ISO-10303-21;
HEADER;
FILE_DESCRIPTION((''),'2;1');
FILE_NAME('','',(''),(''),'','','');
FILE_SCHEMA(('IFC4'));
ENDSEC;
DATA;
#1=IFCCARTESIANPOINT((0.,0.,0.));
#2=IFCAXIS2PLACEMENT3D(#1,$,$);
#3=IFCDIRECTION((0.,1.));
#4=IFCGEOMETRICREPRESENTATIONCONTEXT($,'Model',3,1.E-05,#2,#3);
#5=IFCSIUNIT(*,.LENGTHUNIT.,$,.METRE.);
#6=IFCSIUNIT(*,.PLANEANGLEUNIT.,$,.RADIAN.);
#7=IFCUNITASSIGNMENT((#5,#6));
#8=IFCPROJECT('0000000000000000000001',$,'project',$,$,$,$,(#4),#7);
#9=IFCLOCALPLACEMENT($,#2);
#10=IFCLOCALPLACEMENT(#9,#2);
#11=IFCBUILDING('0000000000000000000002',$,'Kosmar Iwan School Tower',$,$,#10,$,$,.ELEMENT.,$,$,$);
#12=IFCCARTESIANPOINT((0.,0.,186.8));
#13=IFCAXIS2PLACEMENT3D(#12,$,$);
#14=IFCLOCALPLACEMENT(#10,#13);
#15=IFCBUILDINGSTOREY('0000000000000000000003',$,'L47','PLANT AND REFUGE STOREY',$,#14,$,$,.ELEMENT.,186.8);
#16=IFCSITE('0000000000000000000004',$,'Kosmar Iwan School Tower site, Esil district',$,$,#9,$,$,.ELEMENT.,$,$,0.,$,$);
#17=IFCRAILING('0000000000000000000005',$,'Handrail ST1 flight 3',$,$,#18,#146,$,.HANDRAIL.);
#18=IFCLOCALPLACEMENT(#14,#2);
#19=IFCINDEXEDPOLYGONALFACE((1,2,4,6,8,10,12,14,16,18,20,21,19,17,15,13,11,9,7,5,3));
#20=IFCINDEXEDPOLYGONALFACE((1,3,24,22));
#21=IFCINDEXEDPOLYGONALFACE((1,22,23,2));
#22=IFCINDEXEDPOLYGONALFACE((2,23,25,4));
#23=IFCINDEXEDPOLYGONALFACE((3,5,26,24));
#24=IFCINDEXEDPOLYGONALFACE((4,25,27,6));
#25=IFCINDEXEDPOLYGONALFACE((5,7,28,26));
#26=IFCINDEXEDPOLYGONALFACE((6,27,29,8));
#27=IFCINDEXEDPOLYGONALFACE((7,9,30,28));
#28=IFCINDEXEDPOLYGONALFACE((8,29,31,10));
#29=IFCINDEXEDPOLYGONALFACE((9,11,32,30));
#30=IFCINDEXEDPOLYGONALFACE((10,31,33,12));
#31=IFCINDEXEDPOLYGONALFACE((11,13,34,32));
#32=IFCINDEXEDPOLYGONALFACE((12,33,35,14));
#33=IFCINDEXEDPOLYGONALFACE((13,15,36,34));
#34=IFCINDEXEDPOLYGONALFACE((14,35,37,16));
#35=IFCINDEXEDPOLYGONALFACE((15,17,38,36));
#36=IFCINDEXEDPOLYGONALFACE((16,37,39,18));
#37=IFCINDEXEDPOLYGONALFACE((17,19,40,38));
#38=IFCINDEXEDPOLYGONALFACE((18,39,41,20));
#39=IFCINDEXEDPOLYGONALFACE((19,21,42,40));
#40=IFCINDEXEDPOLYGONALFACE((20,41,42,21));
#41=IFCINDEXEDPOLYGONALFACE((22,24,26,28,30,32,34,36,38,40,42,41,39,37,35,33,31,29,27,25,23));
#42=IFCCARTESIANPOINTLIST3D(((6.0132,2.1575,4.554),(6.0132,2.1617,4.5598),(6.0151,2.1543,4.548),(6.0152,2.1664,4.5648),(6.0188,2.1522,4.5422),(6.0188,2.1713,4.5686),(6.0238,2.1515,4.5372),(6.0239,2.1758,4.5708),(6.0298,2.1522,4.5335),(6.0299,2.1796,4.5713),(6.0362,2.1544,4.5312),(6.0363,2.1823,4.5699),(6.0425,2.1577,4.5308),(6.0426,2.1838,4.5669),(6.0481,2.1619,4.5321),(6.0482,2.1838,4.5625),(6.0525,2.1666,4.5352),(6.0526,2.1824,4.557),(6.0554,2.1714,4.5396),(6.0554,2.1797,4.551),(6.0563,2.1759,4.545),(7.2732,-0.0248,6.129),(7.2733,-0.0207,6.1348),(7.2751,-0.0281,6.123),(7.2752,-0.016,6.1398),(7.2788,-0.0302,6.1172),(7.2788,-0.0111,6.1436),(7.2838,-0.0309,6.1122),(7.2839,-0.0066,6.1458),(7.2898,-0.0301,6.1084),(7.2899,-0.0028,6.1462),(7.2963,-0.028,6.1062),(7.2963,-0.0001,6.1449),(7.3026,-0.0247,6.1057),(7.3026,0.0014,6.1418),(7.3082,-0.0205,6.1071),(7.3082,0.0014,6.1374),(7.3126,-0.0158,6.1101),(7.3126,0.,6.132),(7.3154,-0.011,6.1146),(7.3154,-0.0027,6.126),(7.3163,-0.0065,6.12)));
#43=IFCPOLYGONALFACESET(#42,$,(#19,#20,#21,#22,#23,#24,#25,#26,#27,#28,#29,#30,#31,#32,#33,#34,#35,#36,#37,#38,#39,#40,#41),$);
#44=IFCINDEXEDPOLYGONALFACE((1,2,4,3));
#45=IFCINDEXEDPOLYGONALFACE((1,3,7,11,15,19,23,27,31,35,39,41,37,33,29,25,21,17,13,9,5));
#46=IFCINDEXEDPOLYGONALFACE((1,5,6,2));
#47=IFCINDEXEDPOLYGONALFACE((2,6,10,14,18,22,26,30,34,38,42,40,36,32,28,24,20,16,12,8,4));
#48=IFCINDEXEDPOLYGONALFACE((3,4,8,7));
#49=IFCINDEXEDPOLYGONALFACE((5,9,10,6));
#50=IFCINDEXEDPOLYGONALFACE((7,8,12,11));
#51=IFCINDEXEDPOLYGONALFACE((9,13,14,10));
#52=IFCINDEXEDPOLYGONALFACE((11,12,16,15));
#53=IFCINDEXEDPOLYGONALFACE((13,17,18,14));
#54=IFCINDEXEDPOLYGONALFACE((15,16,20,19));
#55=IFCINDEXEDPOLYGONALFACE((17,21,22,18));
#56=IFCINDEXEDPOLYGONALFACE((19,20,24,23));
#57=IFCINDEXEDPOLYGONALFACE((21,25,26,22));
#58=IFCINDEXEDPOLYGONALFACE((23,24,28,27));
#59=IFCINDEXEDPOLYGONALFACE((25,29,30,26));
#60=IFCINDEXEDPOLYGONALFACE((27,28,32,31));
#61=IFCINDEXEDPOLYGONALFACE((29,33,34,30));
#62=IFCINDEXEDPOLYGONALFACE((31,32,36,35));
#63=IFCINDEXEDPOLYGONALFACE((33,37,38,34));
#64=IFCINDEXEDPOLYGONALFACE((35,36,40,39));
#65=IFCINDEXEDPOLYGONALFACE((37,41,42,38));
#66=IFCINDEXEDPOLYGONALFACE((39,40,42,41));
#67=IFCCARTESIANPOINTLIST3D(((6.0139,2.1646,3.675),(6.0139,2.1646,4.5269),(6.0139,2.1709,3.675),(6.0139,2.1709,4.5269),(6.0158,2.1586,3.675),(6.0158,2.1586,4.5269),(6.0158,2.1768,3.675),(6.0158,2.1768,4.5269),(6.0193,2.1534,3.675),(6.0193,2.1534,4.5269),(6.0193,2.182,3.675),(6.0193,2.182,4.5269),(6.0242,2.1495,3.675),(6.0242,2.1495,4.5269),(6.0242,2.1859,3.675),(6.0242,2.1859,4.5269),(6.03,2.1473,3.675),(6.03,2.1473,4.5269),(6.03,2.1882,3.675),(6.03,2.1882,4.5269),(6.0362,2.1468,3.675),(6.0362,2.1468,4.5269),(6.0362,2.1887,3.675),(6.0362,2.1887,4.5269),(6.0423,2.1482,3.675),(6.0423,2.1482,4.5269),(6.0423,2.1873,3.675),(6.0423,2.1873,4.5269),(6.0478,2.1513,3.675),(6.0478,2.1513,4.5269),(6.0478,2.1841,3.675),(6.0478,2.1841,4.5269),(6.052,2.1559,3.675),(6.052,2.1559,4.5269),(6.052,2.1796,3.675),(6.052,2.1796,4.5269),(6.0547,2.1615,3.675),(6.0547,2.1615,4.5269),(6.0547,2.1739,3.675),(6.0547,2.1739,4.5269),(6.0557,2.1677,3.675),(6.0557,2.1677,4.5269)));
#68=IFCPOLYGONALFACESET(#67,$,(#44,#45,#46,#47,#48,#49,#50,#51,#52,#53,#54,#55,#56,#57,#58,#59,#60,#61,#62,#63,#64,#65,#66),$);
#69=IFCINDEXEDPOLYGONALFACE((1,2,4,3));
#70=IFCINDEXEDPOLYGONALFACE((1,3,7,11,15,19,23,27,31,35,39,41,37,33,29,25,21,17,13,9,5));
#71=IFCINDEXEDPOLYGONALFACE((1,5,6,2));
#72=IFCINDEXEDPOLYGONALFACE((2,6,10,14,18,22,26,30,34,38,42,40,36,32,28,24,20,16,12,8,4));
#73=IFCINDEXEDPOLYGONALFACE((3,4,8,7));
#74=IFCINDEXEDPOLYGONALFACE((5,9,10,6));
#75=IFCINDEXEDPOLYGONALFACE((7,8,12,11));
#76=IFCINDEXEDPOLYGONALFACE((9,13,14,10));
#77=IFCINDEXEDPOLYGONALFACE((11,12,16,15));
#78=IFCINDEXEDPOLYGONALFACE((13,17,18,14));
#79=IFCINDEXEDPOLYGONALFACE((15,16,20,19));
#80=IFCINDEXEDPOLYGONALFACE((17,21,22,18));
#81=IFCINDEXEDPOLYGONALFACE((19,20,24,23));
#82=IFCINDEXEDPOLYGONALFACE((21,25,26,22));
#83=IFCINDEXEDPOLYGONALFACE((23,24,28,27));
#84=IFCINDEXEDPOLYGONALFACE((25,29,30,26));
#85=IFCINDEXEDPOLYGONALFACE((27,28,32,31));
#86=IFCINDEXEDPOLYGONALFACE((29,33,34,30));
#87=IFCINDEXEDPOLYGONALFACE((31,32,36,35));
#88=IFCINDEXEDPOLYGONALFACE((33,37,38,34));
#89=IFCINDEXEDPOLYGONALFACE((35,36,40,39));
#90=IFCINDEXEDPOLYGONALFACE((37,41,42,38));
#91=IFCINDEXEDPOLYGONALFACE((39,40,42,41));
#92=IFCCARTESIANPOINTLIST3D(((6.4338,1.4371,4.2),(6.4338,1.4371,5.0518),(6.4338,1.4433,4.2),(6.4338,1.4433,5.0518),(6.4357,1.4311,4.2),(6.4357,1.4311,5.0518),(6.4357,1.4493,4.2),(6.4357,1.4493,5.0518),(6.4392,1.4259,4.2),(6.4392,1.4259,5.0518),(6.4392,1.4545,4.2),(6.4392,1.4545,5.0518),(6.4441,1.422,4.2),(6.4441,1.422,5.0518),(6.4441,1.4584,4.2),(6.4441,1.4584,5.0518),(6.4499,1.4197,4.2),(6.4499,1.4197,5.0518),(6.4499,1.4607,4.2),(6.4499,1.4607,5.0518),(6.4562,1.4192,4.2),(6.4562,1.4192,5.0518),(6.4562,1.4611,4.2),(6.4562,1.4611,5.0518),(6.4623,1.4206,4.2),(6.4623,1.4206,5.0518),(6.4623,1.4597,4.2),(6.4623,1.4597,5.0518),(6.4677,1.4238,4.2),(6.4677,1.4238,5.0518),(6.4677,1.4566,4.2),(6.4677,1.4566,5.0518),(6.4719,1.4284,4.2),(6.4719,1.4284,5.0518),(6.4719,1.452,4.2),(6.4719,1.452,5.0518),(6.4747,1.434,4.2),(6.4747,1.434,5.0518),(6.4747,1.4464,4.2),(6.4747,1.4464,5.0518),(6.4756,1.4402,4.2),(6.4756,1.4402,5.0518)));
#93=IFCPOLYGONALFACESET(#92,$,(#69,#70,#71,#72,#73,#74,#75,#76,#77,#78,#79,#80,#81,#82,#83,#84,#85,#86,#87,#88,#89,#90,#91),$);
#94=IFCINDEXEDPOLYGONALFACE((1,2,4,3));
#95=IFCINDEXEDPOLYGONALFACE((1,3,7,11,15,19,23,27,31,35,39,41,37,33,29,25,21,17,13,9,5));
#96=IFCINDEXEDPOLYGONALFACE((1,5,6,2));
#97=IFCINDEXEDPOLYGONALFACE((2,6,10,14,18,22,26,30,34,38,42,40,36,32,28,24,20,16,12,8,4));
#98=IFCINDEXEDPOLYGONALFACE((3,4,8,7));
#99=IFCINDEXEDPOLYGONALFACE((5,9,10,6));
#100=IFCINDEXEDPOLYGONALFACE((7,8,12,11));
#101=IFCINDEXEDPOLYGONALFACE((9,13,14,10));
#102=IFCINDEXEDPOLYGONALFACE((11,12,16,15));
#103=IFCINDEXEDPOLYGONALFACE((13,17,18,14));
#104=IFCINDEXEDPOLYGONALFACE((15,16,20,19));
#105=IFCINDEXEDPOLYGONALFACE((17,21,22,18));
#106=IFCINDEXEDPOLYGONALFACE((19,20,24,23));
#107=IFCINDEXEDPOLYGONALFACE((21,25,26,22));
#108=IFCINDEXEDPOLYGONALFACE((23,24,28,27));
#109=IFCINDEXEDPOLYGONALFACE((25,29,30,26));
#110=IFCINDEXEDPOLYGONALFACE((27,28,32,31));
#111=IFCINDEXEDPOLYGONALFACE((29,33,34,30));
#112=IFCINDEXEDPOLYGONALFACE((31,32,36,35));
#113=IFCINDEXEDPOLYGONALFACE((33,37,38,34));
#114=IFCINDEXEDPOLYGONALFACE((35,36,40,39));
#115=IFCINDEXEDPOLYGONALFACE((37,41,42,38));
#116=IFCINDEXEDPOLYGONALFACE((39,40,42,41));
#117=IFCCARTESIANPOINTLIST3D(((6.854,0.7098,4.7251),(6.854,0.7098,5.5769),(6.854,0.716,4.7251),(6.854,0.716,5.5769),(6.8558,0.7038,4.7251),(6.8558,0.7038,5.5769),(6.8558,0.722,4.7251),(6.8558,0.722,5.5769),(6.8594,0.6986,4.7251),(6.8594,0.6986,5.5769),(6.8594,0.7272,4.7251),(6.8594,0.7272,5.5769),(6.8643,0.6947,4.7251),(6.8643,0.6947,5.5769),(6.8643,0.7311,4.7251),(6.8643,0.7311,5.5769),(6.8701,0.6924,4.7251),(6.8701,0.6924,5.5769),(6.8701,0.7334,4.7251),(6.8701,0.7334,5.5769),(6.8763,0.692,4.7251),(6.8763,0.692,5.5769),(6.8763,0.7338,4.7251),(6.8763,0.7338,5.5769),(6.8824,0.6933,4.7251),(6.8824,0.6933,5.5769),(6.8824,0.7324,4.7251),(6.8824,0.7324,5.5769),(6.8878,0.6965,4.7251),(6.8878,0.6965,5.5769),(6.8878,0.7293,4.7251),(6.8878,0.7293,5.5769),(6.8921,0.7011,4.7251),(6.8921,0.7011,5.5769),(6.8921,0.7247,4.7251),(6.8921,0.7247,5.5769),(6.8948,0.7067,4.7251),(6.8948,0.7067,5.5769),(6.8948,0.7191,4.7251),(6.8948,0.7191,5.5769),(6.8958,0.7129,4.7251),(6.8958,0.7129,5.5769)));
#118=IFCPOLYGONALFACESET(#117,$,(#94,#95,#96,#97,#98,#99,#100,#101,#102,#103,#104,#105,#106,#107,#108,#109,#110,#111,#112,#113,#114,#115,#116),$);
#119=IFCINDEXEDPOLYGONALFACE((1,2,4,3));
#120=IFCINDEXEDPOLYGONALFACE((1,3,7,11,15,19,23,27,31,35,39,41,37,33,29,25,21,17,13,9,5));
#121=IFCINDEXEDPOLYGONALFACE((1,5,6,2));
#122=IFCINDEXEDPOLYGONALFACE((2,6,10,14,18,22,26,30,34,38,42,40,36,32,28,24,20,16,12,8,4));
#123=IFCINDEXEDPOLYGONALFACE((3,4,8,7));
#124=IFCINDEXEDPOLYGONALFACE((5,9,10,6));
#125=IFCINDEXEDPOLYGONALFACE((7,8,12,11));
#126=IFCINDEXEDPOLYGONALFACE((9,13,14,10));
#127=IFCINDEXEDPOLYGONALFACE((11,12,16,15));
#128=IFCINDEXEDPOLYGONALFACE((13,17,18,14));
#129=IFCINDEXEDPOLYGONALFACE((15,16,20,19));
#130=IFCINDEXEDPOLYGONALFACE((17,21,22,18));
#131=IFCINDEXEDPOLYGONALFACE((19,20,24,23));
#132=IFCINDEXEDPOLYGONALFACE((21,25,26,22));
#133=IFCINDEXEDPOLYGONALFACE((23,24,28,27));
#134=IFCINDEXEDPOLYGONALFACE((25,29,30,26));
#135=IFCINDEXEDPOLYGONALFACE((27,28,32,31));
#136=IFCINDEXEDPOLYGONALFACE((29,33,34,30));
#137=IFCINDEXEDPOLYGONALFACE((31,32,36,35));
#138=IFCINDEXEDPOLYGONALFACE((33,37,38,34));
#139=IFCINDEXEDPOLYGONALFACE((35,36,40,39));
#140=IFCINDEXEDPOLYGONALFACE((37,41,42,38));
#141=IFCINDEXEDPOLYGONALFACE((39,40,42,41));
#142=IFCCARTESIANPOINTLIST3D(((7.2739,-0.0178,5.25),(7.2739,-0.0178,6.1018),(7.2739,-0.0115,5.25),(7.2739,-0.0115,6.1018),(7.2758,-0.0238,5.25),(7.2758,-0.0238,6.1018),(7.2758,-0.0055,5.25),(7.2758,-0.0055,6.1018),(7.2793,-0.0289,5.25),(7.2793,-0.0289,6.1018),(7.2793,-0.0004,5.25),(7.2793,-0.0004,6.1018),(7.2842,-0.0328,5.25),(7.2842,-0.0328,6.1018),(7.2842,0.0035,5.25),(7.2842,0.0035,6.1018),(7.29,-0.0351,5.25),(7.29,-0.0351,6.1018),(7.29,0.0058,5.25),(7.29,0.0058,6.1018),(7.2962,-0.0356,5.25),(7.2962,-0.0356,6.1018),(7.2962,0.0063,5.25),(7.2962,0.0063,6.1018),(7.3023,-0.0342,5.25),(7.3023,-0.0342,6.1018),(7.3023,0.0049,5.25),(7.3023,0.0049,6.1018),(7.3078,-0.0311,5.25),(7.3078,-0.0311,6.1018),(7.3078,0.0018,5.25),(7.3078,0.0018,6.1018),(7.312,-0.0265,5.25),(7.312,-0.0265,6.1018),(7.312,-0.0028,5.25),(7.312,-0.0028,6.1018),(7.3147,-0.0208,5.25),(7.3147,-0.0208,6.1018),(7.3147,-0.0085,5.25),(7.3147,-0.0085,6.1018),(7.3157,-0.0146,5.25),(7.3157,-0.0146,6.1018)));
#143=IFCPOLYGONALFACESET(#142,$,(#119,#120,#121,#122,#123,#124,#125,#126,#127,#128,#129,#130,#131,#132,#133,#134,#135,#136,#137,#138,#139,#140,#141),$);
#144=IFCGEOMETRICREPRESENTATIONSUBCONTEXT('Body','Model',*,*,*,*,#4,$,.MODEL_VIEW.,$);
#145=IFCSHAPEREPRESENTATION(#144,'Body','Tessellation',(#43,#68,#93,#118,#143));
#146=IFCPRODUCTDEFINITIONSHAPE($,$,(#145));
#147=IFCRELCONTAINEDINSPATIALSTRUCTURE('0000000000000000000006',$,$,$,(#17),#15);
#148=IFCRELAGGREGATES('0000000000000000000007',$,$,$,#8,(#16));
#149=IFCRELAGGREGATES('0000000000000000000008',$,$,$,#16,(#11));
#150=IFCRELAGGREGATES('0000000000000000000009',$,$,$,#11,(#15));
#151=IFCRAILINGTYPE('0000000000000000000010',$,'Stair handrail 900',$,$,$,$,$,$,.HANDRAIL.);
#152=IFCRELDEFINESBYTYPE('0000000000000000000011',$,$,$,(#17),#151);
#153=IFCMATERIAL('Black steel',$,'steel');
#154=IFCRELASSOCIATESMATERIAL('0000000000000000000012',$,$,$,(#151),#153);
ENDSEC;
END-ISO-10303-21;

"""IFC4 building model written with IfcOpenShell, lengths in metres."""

from ifc_helpers import new_model, si_unit, direction, frame, origin, origin_2d, place, context, subcontext, project, spatial, circle, extrude, material, type_object, element, save


model = new_model("IFC4")

# Units and contexts
model_context = context("Model", 3, precision=1e-05, world=origin(), true_north=direction((0.0, 1.0)))
body_context = subcontext(model_context, "Body", "Model", "MODEL_VIEW")
ifc_project = project(units=[si_unit("LENGTHUNIT", "METRE"), si_unit("PLANEANGLEUNIT", "RADIAN")], contexts=[model_context])

# Site, building, storey
site_placement = place(None, origin())
site = spatial("IfcSite", under=ifc_project, at=site_placement, Name="Kosmar Iwan School Tower site, Esil district", CompositionType="ELEMENT", RefElevation=0.0)
building_placement = place(site_placement, origin())
building = spatial("IfcBuilding", under=site, at=building_placement, Name="Kosmar Iwan School Tower", CompositionType="ELEMENT")
storey_placement = place(building_placement, frame((0.0, 0.0, 186.8)))
storey = spatial("IfcBuildingStorey", under=building, at=storey_placement, Name="L47", Description="PLANT AND REFUGE STOREY", CompositionType="ELEMENT", Elevation=186.8)

# Railing
ifc_material_1 = material(Name="Black steel", Category="steel")
railing_type = type_object("IfcRailingType", Name="Stair handrail 900", PredefinedType="HANDRAIL", material=ifc_material_1)
for number, where, name in (
    (1, (6.0347, 2.1677, 3.675), "Handrail ST1 flight 3"),
):
    element("IfcRailing", number, at=place(storey_placement, frame(where)), inside=storey, type_object=railing_type, Name=name, PredefinedType="HANDRAIL", context=body_context, shape_type="SweptSolid", body=[
        extrude(circle(Radius=0.0239, at=origin_2d()), frame((0.0, 0.0, 0.876), z_axis=(0.424007, -0.734392, 0.529988), x_axis=(0.866023, 0.500005, 0.0)), (0.0, 0.0, 1.0), 2.9717),
        extrude(circle(Radius=0.021, at=origin_2d()), origin(), (0.0, 0.0, 1.0), 0.8518),
        extrude(circle(Radius=0.021, at=origin_2d()), frame((0.4199, -0.7275, 0.5249)), (0.0, 0.0, 1.0), 0.8518),
        extrude(circle(Radius=0.021, at=origin_2d()), frame((0.8401, -1.4548, 1.05)), (0.0, 0.0, 1.0), 0.8518),
        extrude(circle(Radius=0.021, at=origin_2d()), frame((1.26, -2.1824, 1.575)), (0.0, 0.0, 1.0), 0.8518),
    ])

save(model, "model.ifc")
